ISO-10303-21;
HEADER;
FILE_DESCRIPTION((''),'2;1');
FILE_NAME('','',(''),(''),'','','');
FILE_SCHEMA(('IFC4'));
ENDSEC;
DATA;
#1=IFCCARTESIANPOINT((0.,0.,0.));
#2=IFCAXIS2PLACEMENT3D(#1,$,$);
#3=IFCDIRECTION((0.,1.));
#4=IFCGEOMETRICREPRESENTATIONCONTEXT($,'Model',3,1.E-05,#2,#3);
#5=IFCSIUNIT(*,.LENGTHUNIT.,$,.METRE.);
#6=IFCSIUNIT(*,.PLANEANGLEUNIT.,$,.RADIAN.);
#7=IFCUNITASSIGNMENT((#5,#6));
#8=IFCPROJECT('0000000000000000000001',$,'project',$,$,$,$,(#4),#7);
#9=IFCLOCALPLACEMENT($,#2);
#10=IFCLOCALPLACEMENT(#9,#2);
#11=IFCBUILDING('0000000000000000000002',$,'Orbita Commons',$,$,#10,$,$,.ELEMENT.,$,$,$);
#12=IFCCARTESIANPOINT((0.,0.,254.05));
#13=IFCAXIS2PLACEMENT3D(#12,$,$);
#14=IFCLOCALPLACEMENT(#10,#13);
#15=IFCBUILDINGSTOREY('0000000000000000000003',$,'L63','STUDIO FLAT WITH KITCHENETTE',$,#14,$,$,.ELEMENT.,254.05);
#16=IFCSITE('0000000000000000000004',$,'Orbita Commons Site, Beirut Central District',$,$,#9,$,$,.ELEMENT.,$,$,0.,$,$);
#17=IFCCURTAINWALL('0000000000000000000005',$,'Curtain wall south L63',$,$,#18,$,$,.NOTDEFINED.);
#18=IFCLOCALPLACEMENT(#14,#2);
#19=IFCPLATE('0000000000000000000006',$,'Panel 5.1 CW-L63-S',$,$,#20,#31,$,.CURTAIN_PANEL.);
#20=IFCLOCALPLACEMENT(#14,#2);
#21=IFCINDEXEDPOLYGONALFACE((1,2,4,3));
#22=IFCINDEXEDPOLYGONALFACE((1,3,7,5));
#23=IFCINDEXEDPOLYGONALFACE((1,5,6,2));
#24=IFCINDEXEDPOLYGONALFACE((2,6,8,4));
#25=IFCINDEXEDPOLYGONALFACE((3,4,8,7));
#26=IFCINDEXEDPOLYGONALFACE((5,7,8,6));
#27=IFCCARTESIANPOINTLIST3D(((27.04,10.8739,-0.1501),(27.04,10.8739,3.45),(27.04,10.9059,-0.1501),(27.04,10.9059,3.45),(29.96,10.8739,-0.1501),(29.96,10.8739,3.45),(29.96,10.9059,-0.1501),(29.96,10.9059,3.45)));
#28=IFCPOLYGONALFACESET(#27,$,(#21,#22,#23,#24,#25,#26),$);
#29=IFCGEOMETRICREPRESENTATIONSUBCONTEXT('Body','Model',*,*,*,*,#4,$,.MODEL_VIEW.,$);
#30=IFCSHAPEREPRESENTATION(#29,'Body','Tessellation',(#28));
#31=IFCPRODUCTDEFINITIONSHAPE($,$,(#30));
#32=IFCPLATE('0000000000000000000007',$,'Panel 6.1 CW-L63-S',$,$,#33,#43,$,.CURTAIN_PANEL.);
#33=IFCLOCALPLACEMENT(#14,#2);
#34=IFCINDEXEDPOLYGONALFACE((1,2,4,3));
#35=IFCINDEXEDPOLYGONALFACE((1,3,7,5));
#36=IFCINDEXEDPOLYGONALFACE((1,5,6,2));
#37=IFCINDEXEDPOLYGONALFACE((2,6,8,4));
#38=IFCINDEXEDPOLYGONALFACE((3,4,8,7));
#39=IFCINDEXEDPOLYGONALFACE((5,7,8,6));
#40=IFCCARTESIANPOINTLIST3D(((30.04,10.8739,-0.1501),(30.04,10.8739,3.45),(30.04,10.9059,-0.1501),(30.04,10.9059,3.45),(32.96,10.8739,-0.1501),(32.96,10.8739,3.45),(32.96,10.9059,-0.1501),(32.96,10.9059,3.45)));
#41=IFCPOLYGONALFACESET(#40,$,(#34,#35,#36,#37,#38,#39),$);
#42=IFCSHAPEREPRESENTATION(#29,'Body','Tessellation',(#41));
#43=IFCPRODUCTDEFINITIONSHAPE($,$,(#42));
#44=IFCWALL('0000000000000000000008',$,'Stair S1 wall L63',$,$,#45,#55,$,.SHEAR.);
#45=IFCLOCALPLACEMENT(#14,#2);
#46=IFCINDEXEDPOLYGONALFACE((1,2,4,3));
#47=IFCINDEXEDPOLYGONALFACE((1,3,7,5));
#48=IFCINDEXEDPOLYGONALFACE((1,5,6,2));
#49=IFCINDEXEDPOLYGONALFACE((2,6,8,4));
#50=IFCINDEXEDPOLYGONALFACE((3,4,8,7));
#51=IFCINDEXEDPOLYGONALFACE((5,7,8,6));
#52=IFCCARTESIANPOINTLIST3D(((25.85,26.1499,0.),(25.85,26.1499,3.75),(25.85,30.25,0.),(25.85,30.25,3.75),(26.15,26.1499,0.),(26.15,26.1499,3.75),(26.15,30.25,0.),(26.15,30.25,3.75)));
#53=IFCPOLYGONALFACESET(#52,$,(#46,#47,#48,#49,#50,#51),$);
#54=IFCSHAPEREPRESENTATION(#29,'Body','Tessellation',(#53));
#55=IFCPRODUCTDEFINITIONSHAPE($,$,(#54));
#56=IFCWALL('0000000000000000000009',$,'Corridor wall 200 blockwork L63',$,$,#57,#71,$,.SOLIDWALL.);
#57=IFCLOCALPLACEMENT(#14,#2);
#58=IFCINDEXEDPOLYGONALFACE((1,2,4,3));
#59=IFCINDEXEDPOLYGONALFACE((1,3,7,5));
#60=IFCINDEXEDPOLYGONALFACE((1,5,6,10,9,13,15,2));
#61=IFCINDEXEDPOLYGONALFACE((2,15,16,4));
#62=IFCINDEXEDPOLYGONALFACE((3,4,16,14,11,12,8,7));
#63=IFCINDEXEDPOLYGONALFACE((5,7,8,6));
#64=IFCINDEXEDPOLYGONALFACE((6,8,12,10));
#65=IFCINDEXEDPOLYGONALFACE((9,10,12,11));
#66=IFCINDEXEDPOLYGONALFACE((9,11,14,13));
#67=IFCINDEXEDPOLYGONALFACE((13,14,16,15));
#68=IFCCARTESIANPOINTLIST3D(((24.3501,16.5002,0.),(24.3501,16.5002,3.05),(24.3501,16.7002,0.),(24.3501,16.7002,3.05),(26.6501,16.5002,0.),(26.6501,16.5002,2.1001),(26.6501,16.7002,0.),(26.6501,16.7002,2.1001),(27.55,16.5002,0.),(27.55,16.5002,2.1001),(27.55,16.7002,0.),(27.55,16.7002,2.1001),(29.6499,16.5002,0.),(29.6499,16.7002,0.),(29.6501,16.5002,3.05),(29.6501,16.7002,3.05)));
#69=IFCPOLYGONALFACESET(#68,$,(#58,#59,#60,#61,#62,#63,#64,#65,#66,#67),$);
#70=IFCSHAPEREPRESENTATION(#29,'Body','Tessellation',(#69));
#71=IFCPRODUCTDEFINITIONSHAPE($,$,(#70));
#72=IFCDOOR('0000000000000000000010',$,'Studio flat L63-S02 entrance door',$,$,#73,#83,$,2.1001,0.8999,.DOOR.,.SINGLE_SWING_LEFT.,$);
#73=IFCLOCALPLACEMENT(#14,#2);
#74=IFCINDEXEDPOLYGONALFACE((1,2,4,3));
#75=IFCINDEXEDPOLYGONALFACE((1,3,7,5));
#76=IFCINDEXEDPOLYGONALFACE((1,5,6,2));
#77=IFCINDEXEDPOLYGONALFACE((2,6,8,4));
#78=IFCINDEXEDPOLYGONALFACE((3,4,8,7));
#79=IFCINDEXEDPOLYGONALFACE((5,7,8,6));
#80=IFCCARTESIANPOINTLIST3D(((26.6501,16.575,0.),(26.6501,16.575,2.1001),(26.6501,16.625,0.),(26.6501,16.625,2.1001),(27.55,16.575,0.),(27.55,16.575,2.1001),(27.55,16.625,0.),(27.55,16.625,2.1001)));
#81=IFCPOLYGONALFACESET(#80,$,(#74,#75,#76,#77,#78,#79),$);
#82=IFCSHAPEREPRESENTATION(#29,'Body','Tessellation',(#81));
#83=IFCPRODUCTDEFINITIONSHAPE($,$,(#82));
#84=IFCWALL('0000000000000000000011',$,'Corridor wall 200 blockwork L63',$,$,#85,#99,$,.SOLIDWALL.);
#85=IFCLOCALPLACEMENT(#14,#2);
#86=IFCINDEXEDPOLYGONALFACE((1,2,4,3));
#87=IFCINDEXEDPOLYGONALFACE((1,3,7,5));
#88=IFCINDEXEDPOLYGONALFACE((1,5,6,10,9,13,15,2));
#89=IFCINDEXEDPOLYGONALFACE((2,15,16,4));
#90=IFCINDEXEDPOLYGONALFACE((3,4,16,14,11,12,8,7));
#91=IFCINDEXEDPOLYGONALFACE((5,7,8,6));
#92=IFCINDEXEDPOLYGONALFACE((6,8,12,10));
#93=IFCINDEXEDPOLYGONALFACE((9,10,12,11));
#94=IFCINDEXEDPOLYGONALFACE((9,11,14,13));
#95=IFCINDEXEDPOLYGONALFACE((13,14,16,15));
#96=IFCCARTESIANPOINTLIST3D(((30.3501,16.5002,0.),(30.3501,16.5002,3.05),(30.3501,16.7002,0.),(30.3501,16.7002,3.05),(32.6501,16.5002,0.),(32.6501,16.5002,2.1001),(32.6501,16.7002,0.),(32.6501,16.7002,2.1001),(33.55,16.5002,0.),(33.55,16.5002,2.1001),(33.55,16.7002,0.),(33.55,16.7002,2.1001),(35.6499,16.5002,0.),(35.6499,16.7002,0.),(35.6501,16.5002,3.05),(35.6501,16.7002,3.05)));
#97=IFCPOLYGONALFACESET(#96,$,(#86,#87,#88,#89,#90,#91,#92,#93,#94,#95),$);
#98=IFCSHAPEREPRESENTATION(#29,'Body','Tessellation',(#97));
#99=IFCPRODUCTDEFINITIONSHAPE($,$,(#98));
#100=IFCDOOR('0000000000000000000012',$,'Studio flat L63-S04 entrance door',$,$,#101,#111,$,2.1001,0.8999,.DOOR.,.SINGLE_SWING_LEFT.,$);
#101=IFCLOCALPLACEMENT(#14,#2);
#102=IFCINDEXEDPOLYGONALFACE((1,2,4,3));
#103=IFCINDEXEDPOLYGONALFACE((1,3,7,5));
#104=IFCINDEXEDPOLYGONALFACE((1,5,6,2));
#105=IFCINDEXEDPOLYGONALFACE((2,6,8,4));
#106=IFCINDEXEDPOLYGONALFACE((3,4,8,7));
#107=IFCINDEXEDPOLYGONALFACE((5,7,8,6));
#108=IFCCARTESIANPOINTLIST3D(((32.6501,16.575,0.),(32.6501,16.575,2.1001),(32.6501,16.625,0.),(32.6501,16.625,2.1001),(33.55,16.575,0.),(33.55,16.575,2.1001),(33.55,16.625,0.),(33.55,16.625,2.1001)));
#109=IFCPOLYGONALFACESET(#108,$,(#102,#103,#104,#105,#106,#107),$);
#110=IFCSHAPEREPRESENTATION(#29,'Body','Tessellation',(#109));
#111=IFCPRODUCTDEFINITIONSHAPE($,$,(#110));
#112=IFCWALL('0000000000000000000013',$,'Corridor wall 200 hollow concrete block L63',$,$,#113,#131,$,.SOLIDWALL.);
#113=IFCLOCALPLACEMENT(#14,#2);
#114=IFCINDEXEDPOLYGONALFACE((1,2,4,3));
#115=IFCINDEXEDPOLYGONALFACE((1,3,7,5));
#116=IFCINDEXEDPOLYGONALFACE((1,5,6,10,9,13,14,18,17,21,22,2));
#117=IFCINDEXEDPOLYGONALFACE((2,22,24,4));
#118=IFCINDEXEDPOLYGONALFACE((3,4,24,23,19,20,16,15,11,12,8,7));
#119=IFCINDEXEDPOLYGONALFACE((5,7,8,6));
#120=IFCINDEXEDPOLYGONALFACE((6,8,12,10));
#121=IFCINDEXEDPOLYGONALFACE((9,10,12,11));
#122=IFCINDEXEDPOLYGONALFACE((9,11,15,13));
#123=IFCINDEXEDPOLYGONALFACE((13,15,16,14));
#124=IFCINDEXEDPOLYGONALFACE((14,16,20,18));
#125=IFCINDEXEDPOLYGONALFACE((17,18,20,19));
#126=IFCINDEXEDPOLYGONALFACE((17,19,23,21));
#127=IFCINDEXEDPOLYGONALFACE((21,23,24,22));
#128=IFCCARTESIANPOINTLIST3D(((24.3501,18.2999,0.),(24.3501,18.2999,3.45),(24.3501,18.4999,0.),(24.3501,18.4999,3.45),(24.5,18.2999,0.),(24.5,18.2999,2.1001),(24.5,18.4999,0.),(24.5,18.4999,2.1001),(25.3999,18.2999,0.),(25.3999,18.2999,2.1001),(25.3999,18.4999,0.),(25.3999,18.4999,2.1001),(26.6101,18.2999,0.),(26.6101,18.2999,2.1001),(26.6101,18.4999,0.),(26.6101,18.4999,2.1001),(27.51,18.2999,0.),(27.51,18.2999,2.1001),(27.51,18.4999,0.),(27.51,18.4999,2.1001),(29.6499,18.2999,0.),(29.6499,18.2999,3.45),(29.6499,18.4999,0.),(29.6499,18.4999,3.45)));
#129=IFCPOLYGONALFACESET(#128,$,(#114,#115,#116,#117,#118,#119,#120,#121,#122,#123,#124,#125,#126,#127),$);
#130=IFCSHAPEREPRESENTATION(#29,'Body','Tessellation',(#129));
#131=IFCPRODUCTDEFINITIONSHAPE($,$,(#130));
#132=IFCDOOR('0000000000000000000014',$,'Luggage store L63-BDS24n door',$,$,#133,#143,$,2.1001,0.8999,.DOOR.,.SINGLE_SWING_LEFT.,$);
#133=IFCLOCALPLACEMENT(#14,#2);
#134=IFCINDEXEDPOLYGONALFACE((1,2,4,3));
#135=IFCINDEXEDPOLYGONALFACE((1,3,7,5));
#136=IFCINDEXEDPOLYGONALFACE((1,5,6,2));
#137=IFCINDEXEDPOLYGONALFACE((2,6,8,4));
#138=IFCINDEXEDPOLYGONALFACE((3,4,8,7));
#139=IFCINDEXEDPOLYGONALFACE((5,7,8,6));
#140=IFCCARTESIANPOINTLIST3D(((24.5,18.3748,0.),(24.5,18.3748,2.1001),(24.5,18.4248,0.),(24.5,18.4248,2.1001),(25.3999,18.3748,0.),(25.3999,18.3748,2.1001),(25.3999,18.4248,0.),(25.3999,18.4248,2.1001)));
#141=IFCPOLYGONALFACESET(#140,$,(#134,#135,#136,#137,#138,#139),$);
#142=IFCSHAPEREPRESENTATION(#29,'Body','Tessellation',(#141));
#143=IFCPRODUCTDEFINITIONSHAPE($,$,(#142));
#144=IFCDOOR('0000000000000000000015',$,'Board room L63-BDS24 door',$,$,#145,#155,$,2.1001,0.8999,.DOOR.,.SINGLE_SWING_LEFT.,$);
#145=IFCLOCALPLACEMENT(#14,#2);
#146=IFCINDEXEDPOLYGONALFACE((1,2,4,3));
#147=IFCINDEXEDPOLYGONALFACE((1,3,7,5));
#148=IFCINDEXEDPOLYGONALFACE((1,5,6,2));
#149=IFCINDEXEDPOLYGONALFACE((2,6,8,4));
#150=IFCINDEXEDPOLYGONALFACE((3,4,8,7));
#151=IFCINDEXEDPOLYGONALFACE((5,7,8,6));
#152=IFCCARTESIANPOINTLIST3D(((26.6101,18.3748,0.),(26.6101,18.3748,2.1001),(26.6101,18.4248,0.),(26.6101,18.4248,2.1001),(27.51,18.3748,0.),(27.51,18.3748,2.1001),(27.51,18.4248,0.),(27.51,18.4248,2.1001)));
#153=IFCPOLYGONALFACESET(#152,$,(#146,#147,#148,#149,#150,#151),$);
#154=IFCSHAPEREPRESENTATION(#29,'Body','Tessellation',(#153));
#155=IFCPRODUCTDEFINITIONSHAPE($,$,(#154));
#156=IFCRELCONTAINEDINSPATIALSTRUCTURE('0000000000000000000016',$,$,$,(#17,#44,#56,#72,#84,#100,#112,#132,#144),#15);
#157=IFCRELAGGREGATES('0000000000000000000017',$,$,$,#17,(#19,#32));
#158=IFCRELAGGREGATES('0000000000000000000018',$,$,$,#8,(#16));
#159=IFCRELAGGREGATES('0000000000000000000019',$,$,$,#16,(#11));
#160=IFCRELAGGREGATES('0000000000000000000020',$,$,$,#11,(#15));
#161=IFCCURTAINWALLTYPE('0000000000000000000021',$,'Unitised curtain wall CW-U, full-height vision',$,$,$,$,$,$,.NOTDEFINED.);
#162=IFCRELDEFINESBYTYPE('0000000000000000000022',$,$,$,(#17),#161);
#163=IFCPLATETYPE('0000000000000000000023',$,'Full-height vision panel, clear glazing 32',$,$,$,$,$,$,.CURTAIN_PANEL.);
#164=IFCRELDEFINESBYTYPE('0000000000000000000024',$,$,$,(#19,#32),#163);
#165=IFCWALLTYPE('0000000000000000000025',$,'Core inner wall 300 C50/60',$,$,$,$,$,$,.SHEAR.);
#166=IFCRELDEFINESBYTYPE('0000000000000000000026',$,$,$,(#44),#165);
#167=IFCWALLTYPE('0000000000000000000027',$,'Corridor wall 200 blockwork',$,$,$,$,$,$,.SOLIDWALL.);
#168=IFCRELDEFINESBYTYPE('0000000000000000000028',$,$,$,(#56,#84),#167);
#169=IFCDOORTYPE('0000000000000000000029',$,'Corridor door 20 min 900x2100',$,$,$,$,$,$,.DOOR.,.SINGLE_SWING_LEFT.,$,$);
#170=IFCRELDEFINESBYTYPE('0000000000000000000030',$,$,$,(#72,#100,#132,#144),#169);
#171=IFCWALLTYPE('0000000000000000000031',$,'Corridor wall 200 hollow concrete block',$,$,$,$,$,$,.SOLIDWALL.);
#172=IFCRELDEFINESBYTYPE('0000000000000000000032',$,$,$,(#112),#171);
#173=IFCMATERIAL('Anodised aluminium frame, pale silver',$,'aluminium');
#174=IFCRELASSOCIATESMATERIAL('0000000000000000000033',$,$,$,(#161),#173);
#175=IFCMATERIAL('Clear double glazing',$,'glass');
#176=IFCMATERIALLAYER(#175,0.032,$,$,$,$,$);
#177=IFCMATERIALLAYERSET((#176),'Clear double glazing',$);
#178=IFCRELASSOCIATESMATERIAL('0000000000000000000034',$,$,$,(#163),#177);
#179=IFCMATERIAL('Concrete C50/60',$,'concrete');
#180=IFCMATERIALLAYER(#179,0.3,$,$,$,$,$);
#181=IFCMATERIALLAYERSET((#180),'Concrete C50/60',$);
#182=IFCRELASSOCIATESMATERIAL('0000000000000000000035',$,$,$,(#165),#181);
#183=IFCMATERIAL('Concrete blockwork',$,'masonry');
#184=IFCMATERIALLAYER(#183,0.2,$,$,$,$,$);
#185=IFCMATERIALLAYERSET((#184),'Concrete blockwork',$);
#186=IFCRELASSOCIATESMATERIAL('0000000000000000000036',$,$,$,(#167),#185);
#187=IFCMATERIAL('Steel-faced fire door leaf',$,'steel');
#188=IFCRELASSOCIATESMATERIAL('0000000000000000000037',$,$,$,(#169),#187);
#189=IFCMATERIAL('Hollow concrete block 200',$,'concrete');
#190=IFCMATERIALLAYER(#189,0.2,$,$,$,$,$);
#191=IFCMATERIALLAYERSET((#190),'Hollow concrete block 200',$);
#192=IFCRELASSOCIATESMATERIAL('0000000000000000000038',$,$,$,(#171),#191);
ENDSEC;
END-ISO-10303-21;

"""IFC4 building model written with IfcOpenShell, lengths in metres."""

from ifc_helpers import new_model, si_unit, direction, frame, frame_2d, origin, origin_2d, place, context, subcontext, project, spatial, polyline, rectangle, outline, extrude, material, layer, layer_set, type_object, element, fill, aggregate, save


model = new_model("IFC4")

# Units and contexts
model_context = context("Model", 3, precision=1e-05, world=origin(), true_north=direction((0.0, 1.0)))
body_context = subcontext(model_context, "Body", "Model", "MODEL_VIEW")
ifc_project = project(units=[si_unit("LENGTHUNIT", "METRE"), si_unit("PLANEANGLEUNIT", "RADIAN")], contexts=[model_context])

# Site, building, storey
site_placement = place(None, origin())
site = spatial("IfcSite", under=ifc_project, at=site_placement, Name="Orbita Commons Site, Beirut Central District", CompositionType="ELEMENT", RefElevation=0.0)
building_placement = place(site_placement, origin())
building = spatial("IfcBuilding", under=site, at=building_placement, Name="Orbita Commons", CompositionType="ELEMENT")
storey_placement = place(building_placement, frame((0.0, 0.0, 254.05)))
storey = spatial("IfcBuildingStorey", under=building, at=storey_placement, Name="L63", Description="STUDIO FLAT WITH KITCHENETTE", CompositionType="ELEMENT", Elevation=254.05)

# Curtain wall
ifc_material_1 = material(Name="Anodised aluminium frame, pale silver", Category="aluminium")
curtain_wall_type = type_object("IfcCurtainWallType", Name="Unitised curtain wall CW-U, full-height vision", PredefinedType="NOTDEFINED", material=ifc_material_1)
curtain_wall_placement = place(storey_placement, origin())
curtain_wall = element("IfcCurtainWall", 1, at=curtain_wall_placement, inside=storey, type_object=curtain_wall_type, Name="Curtain wall south L63", PredefinedType="NOTDEFINED")

# Plates
ifc_material_2 = material(Name="Clear double glazing", Category="glass")
ifc_layer_1 = layer(ifc_material_2, 0.032)
ifc_layer_set_1 = layer_set([ifc_layer_1], Name="Clear double glazing")
plate_type = type_object("IfcPlateType", Name="Full-height vision panel, clear glazing 32", PredefinedType="CURTAIN_PANEL", material=ifc_layer_set_1)
plate_1_placement = place(storey_placement, frame((28.5, 10.8899, -0.1501), z_axis=(0.0, 0.0, 1.0), x_axis=(1.0, 0.0, 0.0)))
plate_1 = element("IfcPlate", 2, at=plate_1_placement, type_object=plate_type, Name="Panel 5.1 CW-L63-S", PredefinedType="CURTAIN_PANEL", context=body_context, shape_type="SweptSolid", body=[
    extrude(rectangle(XDim=2.9199, YDim=0.032, at=origin_2d()), origin(), (0.0, 0.0, 1.0), 3.6001),
])
plate_2_placement = place(storey_placement, frame((31.5, 10.8899, -0.1501), z_axis=(0.0, 0.0, 1.0), x_axis=(1.0, 0.0, 0.0)))
plate_2 = element("IfcPlate", 3, at=plate_2_placement, type_object=plate_type, Name="Panel 6.1 CW-L63-S", PredefinedType="CURTAIN_PANEL", context=body_context, shape_type="SweptSolid", body=[
    extrude(rectangle(XDim=2.9199, YDim=0.032, at=origin_2d()), origin(), (0.0, 0.0, 1.0), 3.6001),
])
aggregate(curtain_wall, [plate_1, plate_2])

# Wall
ifc_material_3 = material(Name="Concrete C50/60", Category="concrete")
ifc_layer_2 = layer(ifc_material_3, 0.3)
ifc_layer_set_2 = layer_set([ifc_layer_2], Name="Concrete C50/60")
wall_type_1 = type_object("IfcWallType", Name="Core inner wall 300 C50/60", PredefinedType="SHEAR", material=ifc_layer_set_2)
wall_1_placement = place(storey_placement, frame((26.0, 26.1499, 0.0), z_axis=(0.0, 0.0, 1.0), x_axis=(0.0, 1.0, 0.0)))
element("IfcWall", 4, at=wall_1_placement, inside=storey, type_object=wall_type_1, Name="Stair S1 wall L63", PredefinedType="SHEAR", context=body_context, shape_type="SweptSolid", body=[
    extrude(rectangle(XDim=4.1001, YDim=0.3, at=frame_2d((2.05, 0.0))), origin(), (0.0, 0.0, 1.0), 3.75),
])

# Walls, openings, doors
ifc_material_4 = material(Name="Concrete blockwork", Category="masonry")
ifc_layer_3 = layer(ifc_material_4, 0.2)
ifc_layer_set_3 = layer_set([ifc_layer_3], Name="Concrete blockwork")
wall_type_2 = type_object("IfcWallType", Name="Corridor wall 200 blockwork", PredefinedType="SOLIDWALL", material=ifc_layer_set_3)
wall_2_placement = place(storey_placement, frame((24.3501, 16.6001, 0.0), z_axis=(0.0, 0.0, 1.0), x_axis=(1.0, 0.0, 0.0)))
wall_2 = element("IfcWall", 5, at=wall_2_placement, inside=storey, type_object=wall_type_2, Name="Corridor wall 200 blockwork L63", PredefinedType="SOLIDWALL", context=body_context, shape_type="SweptSolid", body=[
    extrude(outline(polyline([(0.0, 0.0), (5.2998, 0.0), (5.3, 3.05), (0.0, 3.05), (0.0, 0.0)])), frame((0.0, 0.1001, 0.0), z_axis=(0.0, -1.0, 0.0), x_axis=(1.0, 0.0, 0.0)), (0.0, 0.0, 1.0), 0.2),
])
opening_1_placement = place(wall_2_placement, frame((2.3, 0.0, 0.0)))
opening_1 = element("IfcOpeningElement", 6, at=opening_1_placement, cuts=wall_2, PredefinedType="OPENING", context=body_context, shape_type="SweptSolid", body=[
    extrude(rectangle(XDim=0.8999, YDim=2.1001, at=frame_2d((0.45, 1.05))), frame((0.0, 0.1099, 0.0), z_axis=(0.0, -1.0, 0.0), x_axis=(1.0, 0.0, 0.0)), (0.0, 0.0, 1.0), 0.22),
])
ifc_material_5 = material(Name="Steel-faced fire door leaf", Category="steel")
door_type_1 = type_object("IfcDoorType", Name="Corridor door 20 min 900x2100", OperationType="SINGLE_SWING_LEFT", PredefinedType="DOOR", material=ifc_material_5)
door_1_placement = place(opening_1_placement, origin())
door_1 = element("IfcDoor", 7, at=door_1_placement, inside=storey, type_object=door_type_1, Name="Studio flat L63-S02 entrance door", OperationType="SINGLE_SWING_LEFT", OverallHeight=2.1001, OverallWidth=0.8999, PredefinedType="DOOR", context=body_context, shape_type="SweptSolid", body=[
    extrude(rectangle(XDim=0.8999, YDim=2.1001, at=frame_2d((0.45, 1.05))), frame((0.0, 0.0249, 0.0), z_axis=(0.0, -1.0, 0.0), x_axis=(1.0, 0.0, 0.0)), (0.0, 0.0, 1.0), 0.05),
])
fill(opening_1, door_1)
wall_3_placement = place(storey_placement, frame((30.3501, 16.6001, 0.0), z_axis=(0.0, 0.0, 1.0), x_axis=(1.0, 0.0, 0.0)))
wall_3 = element("IfcWall", 8, at=wall_3_placement, inside=storey, type_object=wall_type_2, Name="Corridor wall 200 blockwork L63", PredefinedType="SOLIDWALL", context=body_context, shape_type="SweptSolid", body=[
    extrude(outline(polyline([(0.0, 0.0), (5.2998, 0.0), (5.3, 3.05), (0.0, 3.05), (0.0, 0.0)])), frame((0.0, 0.1001, 0.0), z_axis=(0.0, -1.0, 0.0), x_axis=(1.0, 0.0, 0.0)), (0.0, 0.0, 1.0), 0.2),
])
opening_2_placement = place(wall_3_placement, frame((2.3, 0.0, 0.0)))
opening_2 = element("IfcOpeningElement", 9, at=opening_2_placement, cuts=wall_3, PredefinedType="OPENING", context=body_context, shape_type="SweptSolid", body=[
    extrude(rectangle(XDim=0.8999, YDim=2.1001, at=frame_2d((0.45, 1.05))), frame((0.0, 0.1099, 0.0), z_axis=(0.0, -1.0, 0.0), x_axis=(1.0, 0.0, 0.0)), (0.0, 0.0, 1.0), 0.22),
])
door_2_placement = place(opening_2_placement, origin())
door_2 = element("IfcDoor", 10, at=door_2_placement, inside=storey, type_object=door_type_1, Name="Studio flat L63-S04 entrance door", OperationType="SINGLE_SWING_LEFT", OverallHeight=2.1001, OverallWidth=0.8999, PredefinedType="DOOR", context=body_context, shape_type="SweptSolid", body=[
    extrude(rectangle(XDim=0.8999, YDim=2.1001, at=frame_2d((0.45, 1.05))), frame((0.0, 0.0249, 0.0), z_axis=(0.0, -1.0, 0.0), x_axis=(1.0, 0.0, 0.0)), (0.0, 0.0, 1.0), 0.05),
])
fill(opening_2, door_2)

# Wall, openings, doors
ifc_material_6 = material(Name="Hollow concrete block 200", Category="concrete")
ifc_layer_4 = layer(ifc_material_6, 0.2)
ifc_layer_set_4 = layer_set([ifc_layer_4], Name="Hollow concrete block 200")
wall_type_3 = type_object("IfcWallType", Name="Corridor wall 200 hollow concrete block", PredefinedType="SOLIDWALL", material=ifc_layer_set_4)
wall_4_placement = place(storey_placement, frame((24.3501, 18.3999, 0.0), z_axis=(0.0, 0.0, 1.0), x_axis=(1.0, 0.0, 0.0)))
wall_4 = element("IfcWall", 11, at=wall_4_placement, inside=storey, type_object=wall_type_3, Name="Corridor wall 200 hollow concrete block L63", PredefinedType="SOLIDWALL", context=body_context, shape_type="SweptSolid", body=[
    extrude(rectangle(XDim=5.2998, YDim=0.2, at=frame_2d((2.6499, 0.0))), origin(), (0.0, 0.0, 1.0), 3.45),
])
opening_3_placement = place(wall_4_placement, frame((0.1499, 0.0, 0.0)))
opening_3 = element("IfcOpeningElement", 12, at=opening_3_placement, cuts=wall_4, PredefinedType="OPENING", context=body_context, shape_type="SweptSolid", body=[
    extrude(rectangle(XDim=0.8999, YDim=2.1001, at=frame_2d((0.45, 1.05))), frame((0.0, 0.1099, 0.0), z_axis=(0.0, -1.0, 0.0), x_axis=(1.0, 0.0, 0.0)), (0.0, 0.0, 1.0), 0.22),
])
opening_4_placement = place(wall_4_placement, frame((2.26, 0.0, 0.0)))
opening_4 = element("IfcOpeningElement", 13, at=opening_4_placement, cuts=wall_4, PredefinedType="OPENING", context=body_context, shape_type="SweptSolid", body=[
    extrude(rectangle(XDim=0.8999, YDim=2.1001, at=frame_2d((0.45, 1.05))), frame((0.0, 0.1099, 0.0), z_axis=(0.0, -1.0, 0.0), x_axis=(1.0, 0.0, 0.0)), (0.0, 0.0, 1.0), 0.22),
])
door_3_placement = place(opening_3_placement, origin())
door_3 = element("IfcDoor", 14, at=door_3_placement, inside=storey, type_object=door_type_1, Name="Luggage store L63-BDS24n door", OperationType="SINGLE_SWING_LEFT", OverallHeight=2.1001, OverallWidth=0.8999, PredefinedType="DOOR", context=body_context, shape_type="SweptSolid", body=[
    extrude(rectangle(XDim=0.8999, YDim=2.1001, at=frame_2d((0.45, 1.05))), frame((0.0, 0.0249, 0.0), z_axis=(0.0, -1.0, 0.0), x_axis=(1.0, 0.0, 0.0)), (0.0, 0.0, 1.0), 0.05),
])
fill(opening_3, door_3)
door_4_placement = place(opening_4_placement, origin())
door_4 = element("IfcDoor", 15, at=door_4_placement, inside=storey, type_object=door_type_1, Name="Board room L63-BDS24 door", OperationType="SINGLE_SWING_LEFT", OverallHeight=2.1001, OverallWidth=0.8999, PredefinedType="DOOR", context=body_context, shape_type="SweptSolid", body=[
    extrude(rectangle(XDim=0.8999, YDim=2.1001, at=frame_2d((0.45, 1.05))), frame((0.0, 0.0249, 0.0), z_axis=(0.0, -1.0, 0.0), x_axis=(1.0, 0.0, 0.0)), (0.0, 0.0, 1.0), 0.05),
])
fill(opening_4, door_4)

save(model, "model.ifc")
